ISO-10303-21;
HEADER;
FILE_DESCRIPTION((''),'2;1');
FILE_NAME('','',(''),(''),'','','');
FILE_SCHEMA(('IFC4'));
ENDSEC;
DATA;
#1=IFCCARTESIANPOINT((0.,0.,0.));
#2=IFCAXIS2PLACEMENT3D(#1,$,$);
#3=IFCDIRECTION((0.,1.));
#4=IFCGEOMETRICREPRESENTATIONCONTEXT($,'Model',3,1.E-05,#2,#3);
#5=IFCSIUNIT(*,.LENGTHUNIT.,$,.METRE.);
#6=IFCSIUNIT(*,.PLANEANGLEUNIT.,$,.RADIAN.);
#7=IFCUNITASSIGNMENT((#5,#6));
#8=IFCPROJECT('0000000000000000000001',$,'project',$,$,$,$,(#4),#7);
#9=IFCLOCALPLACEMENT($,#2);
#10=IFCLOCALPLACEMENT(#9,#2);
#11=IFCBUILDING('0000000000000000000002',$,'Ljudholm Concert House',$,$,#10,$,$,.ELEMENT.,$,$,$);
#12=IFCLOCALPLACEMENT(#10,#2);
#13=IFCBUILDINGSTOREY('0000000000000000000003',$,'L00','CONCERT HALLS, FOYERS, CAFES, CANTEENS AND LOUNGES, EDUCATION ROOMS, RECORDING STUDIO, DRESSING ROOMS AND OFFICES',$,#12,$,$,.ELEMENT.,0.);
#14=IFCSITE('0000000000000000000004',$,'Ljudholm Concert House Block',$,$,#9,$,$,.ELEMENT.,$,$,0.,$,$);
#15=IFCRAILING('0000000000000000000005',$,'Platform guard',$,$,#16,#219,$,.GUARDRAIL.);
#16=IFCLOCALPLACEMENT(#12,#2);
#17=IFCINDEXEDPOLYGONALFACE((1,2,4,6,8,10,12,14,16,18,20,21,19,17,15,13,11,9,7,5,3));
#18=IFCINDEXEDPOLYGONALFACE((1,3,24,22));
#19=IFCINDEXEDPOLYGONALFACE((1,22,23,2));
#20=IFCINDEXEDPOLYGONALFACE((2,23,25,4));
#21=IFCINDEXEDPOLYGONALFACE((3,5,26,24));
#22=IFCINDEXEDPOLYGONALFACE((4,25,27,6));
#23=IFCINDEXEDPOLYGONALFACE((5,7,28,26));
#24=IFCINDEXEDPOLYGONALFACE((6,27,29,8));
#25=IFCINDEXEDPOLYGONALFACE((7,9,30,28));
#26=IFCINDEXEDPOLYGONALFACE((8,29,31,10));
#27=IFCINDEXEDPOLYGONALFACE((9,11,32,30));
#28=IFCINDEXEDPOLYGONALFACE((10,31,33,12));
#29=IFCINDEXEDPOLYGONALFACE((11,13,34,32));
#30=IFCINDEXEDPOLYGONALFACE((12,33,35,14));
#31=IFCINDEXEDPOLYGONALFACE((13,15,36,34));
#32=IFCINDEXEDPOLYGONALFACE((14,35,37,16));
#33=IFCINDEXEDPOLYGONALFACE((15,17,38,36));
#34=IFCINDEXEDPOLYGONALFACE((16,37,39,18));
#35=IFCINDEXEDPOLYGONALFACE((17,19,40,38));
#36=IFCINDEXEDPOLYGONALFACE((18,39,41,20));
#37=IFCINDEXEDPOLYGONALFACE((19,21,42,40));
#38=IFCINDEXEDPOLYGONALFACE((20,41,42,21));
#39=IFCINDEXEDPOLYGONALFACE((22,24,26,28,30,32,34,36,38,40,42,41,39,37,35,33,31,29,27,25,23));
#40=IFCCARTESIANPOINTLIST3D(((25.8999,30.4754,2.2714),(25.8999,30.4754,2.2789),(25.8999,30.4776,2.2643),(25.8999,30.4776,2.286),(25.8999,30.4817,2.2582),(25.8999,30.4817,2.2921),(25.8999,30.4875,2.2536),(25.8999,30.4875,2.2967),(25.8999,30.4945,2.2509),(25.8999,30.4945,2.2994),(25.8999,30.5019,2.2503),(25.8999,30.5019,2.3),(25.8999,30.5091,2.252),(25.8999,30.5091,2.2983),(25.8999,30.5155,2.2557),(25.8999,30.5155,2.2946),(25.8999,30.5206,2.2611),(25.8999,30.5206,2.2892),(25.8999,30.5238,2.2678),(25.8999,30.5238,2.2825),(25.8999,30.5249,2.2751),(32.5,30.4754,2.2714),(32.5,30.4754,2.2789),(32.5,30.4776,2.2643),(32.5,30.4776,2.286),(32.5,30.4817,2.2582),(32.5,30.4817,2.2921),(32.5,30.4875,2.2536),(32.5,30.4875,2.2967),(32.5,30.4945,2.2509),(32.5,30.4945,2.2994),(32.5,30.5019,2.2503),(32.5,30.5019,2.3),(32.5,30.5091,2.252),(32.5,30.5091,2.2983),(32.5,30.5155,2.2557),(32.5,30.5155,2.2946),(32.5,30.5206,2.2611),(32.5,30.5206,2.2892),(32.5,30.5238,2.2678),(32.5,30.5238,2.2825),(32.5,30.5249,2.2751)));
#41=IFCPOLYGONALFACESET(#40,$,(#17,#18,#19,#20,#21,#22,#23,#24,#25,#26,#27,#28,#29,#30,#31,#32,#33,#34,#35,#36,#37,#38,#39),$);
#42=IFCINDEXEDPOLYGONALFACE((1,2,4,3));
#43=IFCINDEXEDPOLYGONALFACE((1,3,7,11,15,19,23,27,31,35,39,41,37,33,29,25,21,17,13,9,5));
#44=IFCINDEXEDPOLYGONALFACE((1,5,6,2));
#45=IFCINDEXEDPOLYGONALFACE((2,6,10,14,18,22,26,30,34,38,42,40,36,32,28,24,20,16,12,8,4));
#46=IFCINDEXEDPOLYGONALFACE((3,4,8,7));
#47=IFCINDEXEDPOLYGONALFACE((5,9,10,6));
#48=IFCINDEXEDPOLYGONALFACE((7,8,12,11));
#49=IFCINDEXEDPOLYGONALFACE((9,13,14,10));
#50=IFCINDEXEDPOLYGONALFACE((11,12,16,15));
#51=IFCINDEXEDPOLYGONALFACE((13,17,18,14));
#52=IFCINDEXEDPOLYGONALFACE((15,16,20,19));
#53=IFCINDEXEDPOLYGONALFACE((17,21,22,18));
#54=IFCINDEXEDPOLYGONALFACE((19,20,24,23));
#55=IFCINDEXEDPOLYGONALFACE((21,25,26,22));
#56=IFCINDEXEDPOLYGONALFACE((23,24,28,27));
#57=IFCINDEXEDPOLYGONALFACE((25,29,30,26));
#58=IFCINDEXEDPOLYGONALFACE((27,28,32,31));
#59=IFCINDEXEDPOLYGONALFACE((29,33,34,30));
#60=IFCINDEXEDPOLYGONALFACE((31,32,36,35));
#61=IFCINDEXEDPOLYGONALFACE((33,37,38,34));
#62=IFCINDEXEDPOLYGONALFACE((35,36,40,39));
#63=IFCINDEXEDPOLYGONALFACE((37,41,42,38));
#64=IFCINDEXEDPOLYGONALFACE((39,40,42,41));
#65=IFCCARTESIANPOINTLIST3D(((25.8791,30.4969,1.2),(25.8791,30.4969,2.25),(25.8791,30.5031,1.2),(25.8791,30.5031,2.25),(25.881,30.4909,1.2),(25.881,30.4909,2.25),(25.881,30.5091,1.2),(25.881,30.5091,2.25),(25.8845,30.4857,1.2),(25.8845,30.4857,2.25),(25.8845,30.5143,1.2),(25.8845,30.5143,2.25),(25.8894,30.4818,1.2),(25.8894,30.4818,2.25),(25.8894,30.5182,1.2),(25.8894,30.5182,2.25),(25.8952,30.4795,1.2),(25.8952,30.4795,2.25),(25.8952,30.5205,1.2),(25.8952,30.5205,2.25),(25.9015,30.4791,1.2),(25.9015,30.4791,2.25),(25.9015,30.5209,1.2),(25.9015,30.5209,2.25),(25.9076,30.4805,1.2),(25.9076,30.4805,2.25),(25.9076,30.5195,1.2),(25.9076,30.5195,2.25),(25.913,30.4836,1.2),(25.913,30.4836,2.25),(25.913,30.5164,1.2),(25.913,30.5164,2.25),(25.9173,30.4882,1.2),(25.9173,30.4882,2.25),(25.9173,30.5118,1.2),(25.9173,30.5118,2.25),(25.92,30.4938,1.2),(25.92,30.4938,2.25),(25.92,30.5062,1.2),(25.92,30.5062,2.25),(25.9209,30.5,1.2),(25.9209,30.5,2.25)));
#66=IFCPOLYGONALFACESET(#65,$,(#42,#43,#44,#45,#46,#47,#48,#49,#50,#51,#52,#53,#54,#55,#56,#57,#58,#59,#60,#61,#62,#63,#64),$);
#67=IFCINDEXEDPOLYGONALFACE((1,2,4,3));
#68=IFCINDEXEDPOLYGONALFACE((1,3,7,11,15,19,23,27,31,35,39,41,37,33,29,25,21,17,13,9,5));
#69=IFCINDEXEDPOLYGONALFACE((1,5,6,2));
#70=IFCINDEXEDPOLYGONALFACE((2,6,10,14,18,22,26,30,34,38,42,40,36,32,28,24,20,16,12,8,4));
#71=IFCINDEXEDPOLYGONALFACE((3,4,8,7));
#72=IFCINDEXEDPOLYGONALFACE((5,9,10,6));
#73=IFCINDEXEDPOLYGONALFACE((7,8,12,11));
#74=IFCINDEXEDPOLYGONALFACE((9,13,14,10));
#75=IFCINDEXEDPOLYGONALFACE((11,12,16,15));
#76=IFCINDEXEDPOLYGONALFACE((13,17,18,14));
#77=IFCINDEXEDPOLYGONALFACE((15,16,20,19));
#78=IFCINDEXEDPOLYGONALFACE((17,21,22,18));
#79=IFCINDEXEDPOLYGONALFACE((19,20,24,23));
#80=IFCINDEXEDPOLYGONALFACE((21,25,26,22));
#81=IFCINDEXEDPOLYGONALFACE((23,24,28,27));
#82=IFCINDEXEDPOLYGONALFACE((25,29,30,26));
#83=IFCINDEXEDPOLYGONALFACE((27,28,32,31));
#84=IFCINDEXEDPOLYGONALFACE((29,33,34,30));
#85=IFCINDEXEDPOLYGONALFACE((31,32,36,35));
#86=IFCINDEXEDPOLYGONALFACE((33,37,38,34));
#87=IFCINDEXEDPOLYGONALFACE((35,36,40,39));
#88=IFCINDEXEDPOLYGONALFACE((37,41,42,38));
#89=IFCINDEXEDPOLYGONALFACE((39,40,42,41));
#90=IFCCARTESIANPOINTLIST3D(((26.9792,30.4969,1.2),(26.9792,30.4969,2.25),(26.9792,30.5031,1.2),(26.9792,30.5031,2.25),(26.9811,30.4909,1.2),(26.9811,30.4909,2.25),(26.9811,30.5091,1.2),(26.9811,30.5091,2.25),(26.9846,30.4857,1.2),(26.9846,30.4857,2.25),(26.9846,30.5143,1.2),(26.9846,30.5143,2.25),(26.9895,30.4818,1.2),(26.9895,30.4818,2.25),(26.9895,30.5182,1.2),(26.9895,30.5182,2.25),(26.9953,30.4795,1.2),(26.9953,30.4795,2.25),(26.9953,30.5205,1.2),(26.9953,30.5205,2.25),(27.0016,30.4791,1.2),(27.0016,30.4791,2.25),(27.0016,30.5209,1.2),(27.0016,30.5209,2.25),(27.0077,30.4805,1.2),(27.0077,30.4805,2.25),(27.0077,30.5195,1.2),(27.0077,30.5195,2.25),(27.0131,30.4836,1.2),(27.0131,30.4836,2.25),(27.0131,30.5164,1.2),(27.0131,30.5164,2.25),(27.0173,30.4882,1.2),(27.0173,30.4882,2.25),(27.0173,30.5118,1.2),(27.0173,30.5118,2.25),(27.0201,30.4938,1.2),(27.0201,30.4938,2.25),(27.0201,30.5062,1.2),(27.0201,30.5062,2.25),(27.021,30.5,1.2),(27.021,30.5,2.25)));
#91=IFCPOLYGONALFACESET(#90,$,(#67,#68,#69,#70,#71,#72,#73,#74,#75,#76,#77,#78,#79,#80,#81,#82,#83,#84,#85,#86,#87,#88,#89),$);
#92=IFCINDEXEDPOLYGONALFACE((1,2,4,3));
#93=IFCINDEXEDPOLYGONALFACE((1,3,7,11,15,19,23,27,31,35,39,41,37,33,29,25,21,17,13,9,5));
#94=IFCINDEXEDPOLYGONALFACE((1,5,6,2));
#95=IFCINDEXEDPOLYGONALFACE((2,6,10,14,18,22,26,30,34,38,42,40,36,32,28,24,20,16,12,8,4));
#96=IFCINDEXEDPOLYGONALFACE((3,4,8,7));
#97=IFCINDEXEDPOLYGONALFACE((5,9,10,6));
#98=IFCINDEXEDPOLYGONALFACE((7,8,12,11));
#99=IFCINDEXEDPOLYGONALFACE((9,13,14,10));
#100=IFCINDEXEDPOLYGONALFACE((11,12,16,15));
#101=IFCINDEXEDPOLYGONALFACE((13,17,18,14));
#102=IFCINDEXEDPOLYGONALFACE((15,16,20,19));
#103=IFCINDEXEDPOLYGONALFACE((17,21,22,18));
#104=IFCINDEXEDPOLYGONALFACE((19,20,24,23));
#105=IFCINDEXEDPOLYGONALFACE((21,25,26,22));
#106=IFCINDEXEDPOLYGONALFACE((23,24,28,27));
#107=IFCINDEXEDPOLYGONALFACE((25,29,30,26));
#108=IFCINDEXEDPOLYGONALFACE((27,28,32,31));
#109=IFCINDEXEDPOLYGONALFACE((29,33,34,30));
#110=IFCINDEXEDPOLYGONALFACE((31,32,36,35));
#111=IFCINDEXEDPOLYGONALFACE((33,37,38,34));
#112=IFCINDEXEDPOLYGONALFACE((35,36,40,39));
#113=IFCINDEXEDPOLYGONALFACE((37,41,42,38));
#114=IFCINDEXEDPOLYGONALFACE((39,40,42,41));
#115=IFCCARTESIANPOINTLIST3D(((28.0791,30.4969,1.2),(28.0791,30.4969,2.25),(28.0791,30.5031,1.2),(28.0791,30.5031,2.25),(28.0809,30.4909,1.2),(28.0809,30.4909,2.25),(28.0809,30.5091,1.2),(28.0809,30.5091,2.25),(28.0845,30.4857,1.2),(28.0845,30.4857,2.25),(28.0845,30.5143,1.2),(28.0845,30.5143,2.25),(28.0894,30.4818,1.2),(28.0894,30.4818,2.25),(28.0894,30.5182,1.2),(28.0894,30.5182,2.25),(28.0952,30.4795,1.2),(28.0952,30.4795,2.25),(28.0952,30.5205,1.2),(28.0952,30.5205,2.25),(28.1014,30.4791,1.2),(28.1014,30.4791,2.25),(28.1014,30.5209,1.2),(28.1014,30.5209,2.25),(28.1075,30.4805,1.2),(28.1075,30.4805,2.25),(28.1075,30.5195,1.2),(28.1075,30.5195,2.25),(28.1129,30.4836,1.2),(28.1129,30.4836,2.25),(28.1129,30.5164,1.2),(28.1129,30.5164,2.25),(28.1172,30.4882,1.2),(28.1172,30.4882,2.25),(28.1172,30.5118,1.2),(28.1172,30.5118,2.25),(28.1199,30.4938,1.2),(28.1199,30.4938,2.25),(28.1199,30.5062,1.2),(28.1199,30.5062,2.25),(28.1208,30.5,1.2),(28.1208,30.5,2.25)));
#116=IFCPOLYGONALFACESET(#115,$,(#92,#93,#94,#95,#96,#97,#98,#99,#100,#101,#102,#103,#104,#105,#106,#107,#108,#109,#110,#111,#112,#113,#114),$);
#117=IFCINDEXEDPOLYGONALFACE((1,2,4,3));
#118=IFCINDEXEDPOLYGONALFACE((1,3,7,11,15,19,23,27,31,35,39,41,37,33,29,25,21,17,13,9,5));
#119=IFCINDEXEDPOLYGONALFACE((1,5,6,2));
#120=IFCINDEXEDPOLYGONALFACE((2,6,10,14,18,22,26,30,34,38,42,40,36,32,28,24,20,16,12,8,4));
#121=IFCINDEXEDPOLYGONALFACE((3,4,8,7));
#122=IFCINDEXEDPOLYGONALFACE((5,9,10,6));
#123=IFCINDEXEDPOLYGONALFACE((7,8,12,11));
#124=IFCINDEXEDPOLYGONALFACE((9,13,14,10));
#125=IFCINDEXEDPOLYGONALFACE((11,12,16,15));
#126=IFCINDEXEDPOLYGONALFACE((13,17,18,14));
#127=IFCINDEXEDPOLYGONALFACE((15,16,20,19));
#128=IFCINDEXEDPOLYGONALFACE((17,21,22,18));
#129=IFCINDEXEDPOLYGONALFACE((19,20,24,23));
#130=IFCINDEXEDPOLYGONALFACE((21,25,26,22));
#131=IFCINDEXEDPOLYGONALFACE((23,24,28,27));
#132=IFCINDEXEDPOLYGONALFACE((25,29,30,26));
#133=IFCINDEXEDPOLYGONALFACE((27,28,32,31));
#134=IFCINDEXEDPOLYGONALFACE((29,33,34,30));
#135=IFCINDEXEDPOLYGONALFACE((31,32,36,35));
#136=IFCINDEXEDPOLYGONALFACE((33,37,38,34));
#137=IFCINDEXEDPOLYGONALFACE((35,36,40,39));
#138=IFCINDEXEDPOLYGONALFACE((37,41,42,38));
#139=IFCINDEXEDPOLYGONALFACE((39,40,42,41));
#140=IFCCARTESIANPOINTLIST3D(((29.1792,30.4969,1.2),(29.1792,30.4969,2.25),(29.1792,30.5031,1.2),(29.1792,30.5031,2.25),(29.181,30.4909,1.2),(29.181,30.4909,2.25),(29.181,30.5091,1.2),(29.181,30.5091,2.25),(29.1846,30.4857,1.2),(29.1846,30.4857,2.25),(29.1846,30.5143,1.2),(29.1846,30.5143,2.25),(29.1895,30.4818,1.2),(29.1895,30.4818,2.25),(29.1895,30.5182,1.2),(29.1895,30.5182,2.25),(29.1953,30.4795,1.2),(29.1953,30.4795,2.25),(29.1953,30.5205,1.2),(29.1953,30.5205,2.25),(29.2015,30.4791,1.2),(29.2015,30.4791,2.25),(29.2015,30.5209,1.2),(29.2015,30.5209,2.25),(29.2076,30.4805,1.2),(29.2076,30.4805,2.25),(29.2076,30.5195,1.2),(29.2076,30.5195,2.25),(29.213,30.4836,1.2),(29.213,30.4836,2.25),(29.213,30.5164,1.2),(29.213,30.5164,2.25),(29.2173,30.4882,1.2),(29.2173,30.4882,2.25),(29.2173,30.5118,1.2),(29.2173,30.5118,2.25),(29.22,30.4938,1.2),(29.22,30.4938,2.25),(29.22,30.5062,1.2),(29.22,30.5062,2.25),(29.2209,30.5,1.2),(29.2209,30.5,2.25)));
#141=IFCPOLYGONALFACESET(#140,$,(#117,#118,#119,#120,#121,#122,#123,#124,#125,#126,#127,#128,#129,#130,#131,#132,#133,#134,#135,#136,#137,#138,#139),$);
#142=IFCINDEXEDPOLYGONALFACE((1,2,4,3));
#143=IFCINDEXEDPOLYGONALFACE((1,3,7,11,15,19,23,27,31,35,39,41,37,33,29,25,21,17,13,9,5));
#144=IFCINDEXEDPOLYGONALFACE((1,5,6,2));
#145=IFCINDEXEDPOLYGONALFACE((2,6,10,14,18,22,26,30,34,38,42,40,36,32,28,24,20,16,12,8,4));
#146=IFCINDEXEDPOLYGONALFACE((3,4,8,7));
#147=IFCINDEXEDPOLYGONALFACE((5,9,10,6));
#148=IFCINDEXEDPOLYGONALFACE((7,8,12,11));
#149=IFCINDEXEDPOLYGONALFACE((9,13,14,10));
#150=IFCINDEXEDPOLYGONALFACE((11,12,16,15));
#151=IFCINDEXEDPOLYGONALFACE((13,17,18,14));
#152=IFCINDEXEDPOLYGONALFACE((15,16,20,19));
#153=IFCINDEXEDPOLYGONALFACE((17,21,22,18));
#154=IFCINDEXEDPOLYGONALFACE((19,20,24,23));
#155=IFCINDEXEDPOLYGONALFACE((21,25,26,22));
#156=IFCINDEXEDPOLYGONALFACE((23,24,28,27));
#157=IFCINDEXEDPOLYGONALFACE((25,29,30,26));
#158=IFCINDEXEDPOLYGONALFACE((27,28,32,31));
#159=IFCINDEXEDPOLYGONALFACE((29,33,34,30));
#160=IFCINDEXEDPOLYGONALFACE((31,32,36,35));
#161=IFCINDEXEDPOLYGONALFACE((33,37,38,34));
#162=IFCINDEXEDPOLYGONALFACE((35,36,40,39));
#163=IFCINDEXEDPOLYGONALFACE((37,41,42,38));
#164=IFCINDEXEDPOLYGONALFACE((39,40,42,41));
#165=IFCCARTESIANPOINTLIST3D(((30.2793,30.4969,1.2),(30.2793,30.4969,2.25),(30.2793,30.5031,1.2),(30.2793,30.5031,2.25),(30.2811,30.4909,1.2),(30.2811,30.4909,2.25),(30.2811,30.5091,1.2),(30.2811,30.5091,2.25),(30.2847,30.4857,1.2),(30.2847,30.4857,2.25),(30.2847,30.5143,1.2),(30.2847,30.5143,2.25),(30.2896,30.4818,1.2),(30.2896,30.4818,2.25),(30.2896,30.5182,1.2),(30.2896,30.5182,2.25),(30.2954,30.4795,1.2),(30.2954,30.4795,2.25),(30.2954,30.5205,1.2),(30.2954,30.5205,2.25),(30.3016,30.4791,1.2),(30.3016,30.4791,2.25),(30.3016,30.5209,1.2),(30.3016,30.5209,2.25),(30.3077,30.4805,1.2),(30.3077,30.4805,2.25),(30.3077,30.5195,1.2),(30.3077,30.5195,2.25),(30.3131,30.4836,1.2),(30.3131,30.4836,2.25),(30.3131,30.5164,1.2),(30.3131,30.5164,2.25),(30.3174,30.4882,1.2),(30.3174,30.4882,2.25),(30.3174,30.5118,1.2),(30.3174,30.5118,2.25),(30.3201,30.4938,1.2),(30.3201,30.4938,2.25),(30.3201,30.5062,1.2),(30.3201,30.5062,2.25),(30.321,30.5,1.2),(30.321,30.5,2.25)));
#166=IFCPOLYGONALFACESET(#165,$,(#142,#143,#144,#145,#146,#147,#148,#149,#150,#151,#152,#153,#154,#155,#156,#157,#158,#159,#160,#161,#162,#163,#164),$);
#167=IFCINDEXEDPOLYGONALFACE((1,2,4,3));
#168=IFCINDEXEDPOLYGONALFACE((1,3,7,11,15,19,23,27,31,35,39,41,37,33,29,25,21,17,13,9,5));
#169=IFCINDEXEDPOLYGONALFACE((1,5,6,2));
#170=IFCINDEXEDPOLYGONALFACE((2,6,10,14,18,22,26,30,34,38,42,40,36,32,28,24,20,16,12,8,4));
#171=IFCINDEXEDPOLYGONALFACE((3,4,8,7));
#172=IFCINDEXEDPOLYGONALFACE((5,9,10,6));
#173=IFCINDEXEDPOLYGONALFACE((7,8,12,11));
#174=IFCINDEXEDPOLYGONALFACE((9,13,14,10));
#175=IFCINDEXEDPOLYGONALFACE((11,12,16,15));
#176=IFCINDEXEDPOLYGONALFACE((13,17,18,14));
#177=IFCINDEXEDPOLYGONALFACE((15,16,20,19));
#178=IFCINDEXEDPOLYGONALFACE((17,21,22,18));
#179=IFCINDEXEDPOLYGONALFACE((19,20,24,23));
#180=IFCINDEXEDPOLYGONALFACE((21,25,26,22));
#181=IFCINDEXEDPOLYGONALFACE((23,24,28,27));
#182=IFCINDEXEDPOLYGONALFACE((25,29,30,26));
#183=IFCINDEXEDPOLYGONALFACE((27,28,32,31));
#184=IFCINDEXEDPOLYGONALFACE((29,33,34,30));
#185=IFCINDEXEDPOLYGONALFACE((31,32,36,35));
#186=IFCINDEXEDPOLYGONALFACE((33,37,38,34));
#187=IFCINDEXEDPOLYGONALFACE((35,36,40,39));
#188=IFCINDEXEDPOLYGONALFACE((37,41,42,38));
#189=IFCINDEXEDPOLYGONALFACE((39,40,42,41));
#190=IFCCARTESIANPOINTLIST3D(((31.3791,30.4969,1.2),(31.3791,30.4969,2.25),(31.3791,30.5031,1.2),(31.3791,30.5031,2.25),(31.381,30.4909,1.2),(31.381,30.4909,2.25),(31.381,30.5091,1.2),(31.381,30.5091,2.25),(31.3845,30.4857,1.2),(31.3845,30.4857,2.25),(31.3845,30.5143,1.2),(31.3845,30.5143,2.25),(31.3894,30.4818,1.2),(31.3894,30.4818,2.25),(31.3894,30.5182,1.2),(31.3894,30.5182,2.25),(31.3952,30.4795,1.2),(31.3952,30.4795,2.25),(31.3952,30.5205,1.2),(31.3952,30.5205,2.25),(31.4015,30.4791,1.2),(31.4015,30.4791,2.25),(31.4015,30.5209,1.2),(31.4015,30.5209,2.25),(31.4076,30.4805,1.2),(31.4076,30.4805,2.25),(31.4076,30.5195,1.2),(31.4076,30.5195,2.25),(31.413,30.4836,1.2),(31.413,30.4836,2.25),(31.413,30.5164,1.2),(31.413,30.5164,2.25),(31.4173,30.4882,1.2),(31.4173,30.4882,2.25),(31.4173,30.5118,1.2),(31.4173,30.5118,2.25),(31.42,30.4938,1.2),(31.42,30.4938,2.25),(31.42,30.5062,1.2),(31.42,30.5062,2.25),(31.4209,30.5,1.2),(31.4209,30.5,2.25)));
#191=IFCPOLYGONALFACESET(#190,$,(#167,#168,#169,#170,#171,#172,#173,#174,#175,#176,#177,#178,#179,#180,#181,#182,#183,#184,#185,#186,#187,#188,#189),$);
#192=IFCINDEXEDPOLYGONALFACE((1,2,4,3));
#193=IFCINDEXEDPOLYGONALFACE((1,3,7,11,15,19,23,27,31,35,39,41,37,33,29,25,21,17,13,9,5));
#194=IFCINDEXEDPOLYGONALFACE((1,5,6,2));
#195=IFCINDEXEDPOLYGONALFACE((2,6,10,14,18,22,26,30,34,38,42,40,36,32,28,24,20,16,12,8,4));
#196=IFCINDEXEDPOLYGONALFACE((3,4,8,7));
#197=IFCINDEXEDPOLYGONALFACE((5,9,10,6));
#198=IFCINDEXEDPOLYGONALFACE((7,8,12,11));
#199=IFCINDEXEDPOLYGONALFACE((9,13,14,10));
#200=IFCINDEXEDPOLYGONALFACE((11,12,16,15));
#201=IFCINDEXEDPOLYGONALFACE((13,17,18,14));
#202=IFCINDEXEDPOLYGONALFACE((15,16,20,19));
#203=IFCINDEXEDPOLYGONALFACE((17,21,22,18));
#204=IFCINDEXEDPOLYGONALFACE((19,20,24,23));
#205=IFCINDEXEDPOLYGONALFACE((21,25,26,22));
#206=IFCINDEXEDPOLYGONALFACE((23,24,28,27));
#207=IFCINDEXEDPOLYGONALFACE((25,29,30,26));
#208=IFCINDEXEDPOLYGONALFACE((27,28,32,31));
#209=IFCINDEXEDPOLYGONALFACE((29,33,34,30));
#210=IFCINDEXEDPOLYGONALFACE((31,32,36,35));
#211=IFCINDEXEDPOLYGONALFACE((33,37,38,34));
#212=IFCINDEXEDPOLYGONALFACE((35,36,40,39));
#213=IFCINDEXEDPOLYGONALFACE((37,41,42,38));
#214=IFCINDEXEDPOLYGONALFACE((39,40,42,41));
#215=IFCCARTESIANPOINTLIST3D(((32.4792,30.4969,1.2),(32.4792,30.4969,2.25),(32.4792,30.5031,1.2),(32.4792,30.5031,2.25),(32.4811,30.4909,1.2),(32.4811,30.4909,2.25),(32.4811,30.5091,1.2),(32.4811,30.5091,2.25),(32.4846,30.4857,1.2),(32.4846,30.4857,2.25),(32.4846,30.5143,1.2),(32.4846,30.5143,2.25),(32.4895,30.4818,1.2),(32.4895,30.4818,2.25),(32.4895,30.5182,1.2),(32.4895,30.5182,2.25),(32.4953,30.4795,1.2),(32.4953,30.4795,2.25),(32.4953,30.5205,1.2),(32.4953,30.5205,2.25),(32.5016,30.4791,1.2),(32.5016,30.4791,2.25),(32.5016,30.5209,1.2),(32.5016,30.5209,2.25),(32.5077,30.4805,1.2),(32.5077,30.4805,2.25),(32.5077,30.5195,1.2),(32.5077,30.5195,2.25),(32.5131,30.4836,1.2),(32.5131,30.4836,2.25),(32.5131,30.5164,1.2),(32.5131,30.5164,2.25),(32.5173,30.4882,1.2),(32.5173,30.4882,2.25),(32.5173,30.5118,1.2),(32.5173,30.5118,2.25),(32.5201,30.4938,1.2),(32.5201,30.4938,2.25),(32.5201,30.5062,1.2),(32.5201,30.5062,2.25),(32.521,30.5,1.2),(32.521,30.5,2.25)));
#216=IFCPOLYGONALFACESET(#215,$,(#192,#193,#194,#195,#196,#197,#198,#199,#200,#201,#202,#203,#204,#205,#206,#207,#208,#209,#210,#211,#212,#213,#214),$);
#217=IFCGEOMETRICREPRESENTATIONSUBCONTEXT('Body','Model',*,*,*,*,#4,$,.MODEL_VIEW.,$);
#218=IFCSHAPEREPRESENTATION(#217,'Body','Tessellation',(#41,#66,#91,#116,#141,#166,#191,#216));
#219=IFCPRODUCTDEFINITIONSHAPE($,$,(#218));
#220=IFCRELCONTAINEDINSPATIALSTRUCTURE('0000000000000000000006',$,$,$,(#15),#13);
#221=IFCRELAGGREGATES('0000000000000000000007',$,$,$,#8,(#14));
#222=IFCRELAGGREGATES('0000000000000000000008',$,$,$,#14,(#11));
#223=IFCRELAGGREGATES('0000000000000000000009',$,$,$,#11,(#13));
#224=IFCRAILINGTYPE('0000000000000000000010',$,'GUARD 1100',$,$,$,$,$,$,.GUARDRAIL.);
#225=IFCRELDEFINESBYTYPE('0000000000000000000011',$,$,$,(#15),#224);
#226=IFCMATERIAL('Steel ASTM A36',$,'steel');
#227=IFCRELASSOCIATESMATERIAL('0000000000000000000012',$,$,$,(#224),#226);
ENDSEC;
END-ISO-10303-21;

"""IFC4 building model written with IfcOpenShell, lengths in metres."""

from ifc_helpers import new_model, si_unit, direction, frame, origin, origin_2d, place, context, subcontext, project, spatial, circle, extrude, material, type_object, element, save


model = new_model("IFC4")

# Units and contexts
model_context = context("Model", 3, precision=1e-05, world=origin(), true_north=direction((0.0, 1.0)))
body_context = subcontext(model_context, "Body", "Model", "MODEL_VIEW")
ifc_project = project(units=[si_unit("LENGTHUNIT", "METRE"), si_unit("PLANEANGLEUNIT", "RADIAN")], contexts=[model_context])

# Site, building, storey
site_placement = place(None, origin())
site = spatial("IfcSite", under=ifc_project, at=site_placement, Name="Ljudholm Concert House Block", CompositionType="ELEMENT", RefElevation=0.0)
building_placement = place(site_placement, origin())
building = spatial("IfcBuilding", under=site, at=building_placement, Name="Ljudholm Concert House", CompositionType="ELEMENT")
storey_placement = place(building_placement, origin())
storey = spatial("IfcBuildingStorey", under=building, at=storey_placement, Name="L00", Description="CONCERT HALLS, FOYERS, CAFES, CANTEENS AND LOUNGES, EDUCATION ROOMS, RECORDING STUDIO, DRESSING ROOMS AND OFFICES", CompositionType="ELEMENT", Elevation=0.0)

# Railing
ifc_material_1 = material(Name="Steel ASTM A36", Category="steel")
railing_type_1 = type_object("IfcRailingType", Name="GUARD 1100", PredefinedType="GUARDRAIL", material=ifc_material_1)
railing_1_placement = place(storey_placement, frame((25.8999, 30.5, 1.2)))
element("IfcRailing", 1, at=railing_1_placement, inside=storey, type_object=railing_type_1, Name="Platform guard", PredefinedType="GUARDRAIL", context=body_context, shape_type="SweptSolid", body=[
    extrude(circle(Radius=0.0249, at=origin_2d()), frame((0.0, 0.0, 1.0752), z_axis=(1.0, 0.0, 0.0), x_axis=(0.0, 1.0, 0.0)), (0.0, 0.0, 1.0), 6.6001),
    extrude(circle(Radius=0.021, at=origin_2d()), origin(), (0.0, 0.0, 1.0), 1.05),
    extrude(circle(Radius=0.021, at=origin_2d()), frame((1.1001, 0.0, 0.0)), (0.0, 0.0, 1.0), 1.05),
    extrude(circle(Radius=0.021, at=origin_2d()), frame((2.2, 0.0, 0.0)), (0.0, 0.0, 1.0), 1.05),
    extrude(circle(Radius=0.021, at=origin_2d()), frame((3.3, 0.0, 0.0)), (0.0, 0.0, 1.0), 1.05),
    extrude(circle(Radius=0.021, at=origin_2d()), frame((4.4001, 0.0, 0.0)), (0.0, 0.0, 1.0), 1.05),
    extrude(circle(Radius=0.021, at=origin_2d()), frame((5.5, 0.0, 0.0)), (0.0, 0.0, 1.0), 1.05),
    extrude(circle(Radius=0.021, at=origin_2d()), frame((6.6001, 0.0, 0.0)), (0.0, 0.0, 1.0), 1.05),
])

save(model, "model.ifc")
